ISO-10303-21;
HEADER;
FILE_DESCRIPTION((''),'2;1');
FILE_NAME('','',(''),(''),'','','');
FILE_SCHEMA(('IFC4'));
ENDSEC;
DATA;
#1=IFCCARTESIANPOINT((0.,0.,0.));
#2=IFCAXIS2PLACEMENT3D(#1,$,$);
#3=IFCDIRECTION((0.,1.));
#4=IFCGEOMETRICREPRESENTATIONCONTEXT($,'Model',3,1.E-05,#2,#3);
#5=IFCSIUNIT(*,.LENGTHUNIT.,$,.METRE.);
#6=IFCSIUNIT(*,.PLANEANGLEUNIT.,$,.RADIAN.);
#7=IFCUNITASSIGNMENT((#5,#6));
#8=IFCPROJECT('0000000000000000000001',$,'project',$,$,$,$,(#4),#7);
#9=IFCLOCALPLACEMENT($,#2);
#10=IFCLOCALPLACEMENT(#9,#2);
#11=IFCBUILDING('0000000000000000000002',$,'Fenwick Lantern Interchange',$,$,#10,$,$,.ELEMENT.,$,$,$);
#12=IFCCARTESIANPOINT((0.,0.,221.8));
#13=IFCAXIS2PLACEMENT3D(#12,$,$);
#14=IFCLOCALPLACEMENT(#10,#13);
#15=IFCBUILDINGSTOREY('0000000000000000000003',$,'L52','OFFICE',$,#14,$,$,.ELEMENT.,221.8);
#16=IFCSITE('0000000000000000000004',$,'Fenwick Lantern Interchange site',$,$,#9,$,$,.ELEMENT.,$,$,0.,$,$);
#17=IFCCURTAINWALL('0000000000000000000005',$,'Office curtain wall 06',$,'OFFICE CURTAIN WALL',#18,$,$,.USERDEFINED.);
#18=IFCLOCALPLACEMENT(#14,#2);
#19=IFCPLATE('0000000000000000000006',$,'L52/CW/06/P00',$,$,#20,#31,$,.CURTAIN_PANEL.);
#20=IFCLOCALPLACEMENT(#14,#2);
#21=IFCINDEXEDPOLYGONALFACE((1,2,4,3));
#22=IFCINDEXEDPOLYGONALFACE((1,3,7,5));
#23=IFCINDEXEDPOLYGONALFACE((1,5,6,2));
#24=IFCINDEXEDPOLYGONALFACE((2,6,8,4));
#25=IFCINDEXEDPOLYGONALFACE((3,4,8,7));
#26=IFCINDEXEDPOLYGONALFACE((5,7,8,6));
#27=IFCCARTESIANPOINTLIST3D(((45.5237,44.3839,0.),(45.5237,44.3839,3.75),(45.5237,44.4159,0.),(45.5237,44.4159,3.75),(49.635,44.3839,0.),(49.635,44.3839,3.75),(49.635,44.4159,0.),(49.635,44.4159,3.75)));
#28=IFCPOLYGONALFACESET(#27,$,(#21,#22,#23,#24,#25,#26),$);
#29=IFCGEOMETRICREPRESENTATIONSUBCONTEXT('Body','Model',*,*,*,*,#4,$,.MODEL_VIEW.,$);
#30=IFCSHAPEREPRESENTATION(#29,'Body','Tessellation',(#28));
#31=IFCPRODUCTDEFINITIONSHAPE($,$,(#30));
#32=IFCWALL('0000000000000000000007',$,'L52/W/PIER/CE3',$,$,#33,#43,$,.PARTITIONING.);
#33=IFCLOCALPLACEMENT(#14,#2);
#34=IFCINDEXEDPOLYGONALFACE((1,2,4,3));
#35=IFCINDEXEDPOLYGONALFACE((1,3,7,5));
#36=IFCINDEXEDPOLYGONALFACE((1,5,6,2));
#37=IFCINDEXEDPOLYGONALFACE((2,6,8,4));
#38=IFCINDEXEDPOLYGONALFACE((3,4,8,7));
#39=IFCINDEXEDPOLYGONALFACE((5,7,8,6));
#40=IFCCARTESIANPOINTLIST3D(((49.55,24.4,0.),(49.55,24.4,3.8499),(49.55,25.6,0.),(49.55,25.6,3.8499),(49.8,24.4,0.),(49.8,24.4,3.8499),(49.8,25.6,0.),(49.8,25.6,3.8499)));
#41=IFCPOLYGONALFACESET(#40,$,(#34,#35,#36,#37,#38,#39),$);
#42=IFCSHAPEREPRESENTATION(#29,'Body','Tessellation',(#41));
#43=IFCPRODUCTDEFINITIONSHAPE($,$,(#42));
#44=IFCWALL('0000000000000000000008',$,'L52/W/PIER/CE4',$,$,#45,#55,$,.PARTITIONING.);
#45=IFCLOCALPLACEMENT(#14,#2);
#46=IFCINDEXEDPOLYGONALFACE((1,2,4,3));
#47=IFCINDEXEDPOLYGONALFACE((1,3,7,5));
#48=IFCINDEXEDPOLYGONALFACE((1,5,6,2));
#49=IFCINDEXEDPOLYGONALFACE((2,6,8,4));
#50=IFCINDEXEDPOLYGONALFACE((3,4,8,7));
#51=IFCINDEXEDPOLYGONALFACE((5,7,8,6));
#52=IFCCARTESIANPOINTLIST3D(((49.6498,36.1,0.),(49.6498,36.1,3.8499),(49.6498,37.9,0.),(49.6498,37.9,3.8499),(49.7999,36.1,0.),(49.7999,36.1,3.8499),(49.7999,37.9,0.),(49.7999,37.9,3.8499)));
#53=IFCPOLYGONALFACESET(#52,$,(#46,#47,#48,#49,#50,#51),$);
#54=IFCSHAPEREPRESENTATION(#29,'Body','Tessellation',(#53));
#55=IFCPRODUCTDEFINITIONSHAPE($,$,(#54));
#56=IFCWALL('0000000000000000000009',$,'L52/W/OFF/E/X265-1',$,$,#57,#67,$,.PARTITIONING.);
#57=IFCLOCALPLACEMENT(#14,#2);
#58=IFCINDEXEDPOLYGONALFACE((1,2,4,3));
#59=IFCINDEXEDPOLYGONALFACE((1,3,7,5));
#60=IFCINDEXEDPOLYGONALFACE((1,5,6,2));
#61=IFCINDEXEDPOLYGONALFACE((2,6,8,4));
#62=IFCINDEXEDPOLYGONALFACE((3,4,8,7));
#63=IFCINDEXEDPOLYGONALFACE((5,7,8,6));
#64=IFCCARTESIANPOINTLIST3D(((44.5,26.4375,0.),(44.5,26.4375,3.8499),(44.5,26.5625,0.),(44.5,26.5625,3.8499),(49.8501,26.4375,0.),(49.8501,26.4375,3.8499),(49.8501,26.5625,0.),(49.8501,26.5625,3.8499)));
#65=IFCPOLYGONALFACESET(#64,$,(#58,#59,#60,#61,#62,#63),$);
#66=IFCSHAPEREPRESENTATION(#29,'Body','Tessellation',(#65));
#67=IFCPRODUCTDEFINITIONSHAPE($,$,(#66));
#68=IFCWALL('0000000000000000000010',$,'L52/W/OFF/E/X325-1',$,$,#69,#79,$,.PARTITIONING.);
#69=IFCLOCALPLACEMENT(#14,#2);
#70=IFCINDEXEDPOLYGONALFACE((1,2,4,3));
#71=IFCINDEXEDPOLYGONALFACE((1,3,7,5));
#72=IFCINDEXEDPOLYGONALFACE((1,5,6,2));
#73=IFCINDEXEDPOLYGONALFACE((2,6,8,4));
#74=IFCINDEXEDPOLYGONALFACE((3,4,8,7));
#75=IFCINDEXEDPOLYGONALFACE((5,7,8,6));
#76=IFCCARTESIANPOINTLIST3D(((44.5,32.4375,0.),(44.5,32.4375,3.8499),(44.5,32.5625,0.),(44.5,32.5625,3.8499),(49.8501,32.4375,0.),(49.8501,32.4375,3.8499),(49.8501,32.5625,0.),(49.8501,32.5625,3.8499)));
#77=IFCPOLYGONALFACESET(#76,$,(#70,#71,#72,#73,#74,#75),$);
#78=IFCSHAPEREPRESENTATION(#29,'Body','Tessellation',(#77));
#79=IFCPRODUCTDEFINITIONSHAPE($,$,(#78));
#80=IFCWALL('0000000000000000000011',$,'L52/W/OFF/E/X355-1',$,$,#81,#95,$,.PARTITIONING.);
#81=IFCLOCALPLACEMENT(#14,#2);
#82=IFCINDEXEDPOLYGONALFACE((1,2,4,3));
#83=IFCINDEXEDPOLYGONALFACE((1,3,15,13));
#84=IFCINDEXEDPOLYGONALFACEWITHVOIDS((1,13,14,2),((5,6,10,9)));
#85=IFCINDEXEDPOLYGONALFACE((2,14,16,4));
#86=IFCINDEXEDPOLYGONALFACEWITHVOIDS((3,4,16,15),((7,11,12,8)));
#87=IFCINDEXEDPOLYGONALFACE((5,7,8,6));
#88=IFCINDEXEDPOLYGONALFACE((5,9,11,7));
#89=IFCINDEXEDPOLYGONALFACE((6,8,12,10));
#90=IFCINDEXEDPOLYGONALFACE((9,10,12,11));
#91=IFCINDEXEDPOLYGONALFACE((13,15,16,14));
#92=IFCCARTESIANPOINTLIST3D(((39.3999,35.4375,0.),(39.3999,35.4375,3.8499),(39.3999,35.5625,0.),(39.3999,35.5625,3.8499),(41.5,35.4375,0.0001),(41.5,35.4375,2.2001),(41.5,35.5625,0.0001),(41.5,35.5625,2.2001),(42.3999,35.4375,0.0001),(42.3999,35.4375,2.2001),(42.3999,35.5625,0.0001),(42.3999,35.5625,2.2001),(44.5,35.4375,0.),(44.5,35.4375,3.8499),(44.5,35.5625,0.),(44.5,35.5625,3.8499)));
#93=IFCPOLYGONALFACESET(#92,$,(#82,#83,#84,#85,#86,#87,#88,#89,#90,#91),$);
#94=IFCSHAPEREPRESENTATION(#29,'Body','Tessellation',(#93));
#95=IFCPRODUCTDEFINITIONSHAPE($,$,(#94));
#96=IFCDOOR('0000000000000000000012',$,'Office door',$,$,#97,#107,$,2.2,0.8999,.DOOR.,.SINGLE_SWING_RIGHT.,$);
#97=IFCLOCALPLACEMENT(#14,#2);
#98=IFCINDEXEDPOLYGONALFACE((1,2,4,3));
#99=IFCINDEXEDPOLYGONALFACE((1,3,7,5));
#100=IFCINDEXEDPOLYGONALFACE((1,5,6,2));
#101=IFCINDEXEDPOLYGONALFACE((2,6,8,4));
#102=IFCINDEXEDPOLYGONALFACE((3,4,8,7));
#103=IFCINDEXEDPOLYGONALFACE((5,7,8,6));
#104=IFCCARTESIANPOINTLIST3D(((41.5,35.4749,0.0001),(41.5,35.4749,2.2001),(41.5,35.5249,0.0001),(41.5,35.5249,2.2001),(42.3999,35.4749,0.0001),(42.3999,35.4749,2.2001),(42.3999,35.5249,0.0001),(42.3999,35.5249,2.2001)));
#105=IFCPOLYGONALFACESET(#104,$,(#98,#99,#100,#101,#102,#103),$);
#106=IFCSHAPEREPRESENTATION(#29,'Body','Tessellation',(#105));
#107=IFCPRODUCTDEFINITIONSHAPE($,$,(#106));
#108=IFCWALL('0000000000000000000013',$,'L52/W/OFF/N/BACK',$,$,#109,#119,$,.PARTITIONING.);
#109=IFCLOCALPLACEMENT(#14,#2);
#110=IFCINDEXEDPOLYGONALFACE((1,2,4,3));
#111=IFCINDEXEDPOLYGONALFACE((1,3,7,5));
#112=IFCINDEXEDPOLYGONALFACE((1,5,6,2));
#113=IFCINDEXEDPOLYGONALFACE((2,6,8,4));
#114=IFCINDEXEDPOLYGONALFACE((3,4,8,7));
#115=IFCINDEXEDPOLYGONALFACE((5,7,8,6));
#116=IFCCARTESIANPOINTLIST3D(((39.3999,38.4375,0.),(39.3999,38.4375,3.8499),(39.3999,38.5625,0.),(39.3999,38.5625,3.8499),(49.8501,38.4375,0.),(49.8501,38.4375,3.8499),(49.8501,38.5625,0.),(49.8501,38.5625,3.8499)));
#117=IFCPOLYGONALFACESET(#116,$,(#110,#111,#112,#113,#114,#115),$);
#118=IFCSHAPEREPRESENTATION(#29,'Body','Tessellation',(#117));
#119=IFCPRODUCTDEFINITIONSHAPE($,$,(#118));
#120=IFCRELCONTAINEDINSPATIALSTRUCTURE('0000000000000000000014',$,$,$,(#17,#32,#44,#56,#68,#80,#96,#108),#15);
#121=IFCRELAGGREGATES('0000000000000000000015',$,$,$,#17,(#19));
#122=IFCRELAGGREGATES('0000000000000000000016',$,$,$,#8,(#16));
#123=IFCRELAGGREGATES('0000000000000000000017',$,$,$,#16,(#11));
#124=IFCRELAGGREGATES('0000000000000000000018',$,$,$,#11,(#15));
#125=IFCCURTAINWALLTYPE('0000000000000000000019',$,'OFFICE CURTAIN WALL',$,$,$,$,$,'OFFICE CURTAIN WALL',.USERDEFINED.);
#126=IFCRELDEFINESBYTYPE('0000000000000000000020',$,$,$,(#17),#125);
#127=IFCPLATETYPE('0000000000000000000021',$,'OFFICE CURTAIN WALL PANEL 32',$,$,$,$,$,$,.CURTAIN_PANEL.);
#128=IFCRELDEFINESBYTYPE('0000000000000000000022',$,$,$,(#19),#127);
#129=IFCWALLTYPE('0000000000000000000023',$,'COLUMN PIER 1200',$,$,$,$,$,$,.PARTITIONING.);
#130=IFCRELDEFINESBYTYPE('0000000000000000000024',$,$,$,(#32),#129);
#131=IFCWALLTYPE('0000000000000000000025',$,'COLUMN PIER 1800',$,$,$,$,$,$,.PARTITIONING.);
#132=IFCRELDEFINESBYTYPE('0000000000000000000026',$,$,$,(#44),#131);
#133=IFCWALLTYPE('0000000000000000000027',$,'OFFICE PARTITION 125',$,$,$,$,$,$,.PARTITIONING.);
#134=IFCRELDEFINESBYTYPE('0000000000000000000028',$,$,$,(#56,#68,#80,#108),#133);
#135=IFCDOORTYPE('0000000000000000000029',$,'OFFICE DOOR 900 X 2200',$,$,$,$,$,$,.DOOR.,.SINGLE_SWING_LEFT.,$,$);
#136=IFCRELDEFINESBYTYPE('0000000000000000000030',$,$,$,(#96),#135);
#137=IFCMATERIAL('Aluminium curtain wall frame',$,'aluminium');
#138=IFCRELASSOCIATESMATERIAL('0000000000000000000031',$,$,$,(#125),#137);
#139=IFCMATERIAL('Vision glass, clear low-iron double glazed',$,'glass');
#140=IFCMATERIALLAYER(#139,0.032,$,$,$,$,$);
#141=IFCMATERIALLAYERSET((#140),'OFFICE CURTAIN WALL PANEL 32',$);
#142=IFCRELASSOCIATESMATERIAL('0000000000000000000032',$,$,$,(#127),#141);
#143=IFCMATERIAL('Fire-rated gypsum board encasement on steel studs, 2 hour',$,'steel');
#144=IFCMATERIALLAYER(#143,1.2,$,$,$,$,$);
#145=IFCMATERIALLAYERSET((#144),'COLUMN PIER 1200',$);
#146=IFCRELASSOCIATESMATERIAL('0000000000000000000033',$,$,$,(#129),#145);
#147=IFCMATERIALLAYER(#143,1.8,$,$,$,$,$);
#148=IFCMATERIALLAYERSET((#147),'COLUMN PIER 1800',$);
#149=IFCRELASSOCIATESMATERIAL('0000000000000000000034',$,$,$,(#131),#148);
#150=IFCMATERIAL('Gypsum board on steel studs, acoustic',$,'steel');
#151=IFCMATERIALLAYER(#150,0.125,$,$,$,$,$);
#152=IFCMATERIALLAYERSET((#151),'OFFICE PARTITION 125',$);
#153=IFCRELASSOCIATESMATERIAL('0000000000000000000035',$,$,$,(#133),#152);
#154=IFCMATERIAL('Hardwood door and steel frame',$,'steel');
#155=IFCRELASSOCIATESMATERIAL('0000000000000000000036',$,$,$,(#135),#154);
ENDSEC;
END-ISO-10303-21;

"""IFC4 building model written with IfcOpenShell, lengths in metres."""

from ifc_helpers import new_model, si_unit, direction, frame, frame_2d, origin, origin_2d, place, context, subcontext, project, spatial, rectangle, extrude, material, layer, layer_set, type_object, element, fill, aggregate, save


model = new_model("IFC4")

# Units and contexts
model_context = context("Model", 3, precision=1e-05, world=origin(), true_north=direction((0.0, 1.0)))
body_context = subcontext(model_context, "Body", "Model", "MODEL_VIEW")
ifc_project = project(units=[si_unit("LENGTHUNIT", "METRE"), si_unit("PLANEANGLEUNIT", "RADIAN")], contexts=[model_context])

# Site, building, storey
site_placement = place(None, origin())
site = spatial("IfcSite", under=ifc_project, at=site_placement, Name="Fenwick Lantern Interchange site", CompositionType="ELEMENT", RefElevation=0.0)
building_placement = place(site_placement, origin())
building = spatial("IfcBuilding", under=site, at=building_placement, Name="Fenwick Lantern Interchange", CompositionType="ELEMENT")
storey_placement = place(building_placement, frame((0.0, 0.0, 221.8)))
storey = spatial("IfcBuildingStorey", under=building, at=storey_placement, Name="L52", Description="OFFICE", CompositionType="ELEMENT", Elevation=221.8)

# Shared definitions
ifc_material_1 = material(Name="Aluminium curtain wall frame", Category="aluminium")
curtain_wall_type = type_object("IfcCurtainWallType", Name="OFFICE CURTAIN WALL", ElementType="OFFICE CURTAIN WALL", PredefinedType="USERDEFINED", material=ifc_material_1)

# Curtain wall
curtain_wall_1_placement = place(storey_placement, origin())
curtain_wall_1 = element("IfcCurtainWall", 1, at=curtain_wall_1_placement, inside=storey, type_object=curtain_wall_type, Name="Office curtain wall 06", ObjectType="OFFICE CURTAIN WALL", PredefinedType="USERDEFINED")

# Plate
ifc_material_2 = material(Name="Vision glass, clear low-iron double glazed", Category="glass")
ifc_layer_1 = layer(ifc_material_2, 0.032)
ifc_layer_set_1 = layer_set([ifc_layer_1], Name="OFFICE CURTAIN WALL PANEL 32")
plate_type = type_object("IfcPlateType", Name="OFFICE CURTAIN WALL PANEL 32", PredefinedType="CURTAIN_PANEL", material=ifc_layer_set_1)
plate_placement = place(storey_placement, frame((47.5793, 44.3999, 0.0), z_axis=(0.0, 0.0, 1.0), x_axis=(-1.0, 0.0, 0.0)))
plate = element("IfcPlate", 2, at=plate_placement, type_object=plate_type, Name="L52/CW/06/P00", PredefinedType="CURTAIN_PANEL", context=body_context, shape_type="SweptSolid", body=[
    extrude(rectangle(XDim=4.1113, YDim=0.032, at=origin_2d()), origin(), (0.0, 0.0, 1.0), 3.75),
])
aggregate(curtain_wall_1, [plate])

# Walls
ifc_material_3 = material(Name="Fire-rated gypsum board encasement on steel studs, 2 hour", Category="steel")
ifc_layer_2 = layer(ifc_material_3, 1.2)
ifc_layer_set_2 = layer_set([ifc_layer_2], Name="COLUMN PIER 1200")
wall_type_1 = type_object("IfcWallType", Name="COLUMN PIER 1200", PredefinedType="PARTITIONING", material=ifc_layer_set_2)
wall_1_placement = place(storey_placement, frame((49.8, 25.0, 0.0), z_axis=(0.0, 0.0, 1.0), x_axis=(-1.0, 0.0, 0.0)))
element("IfcWall", 3, at=wall_1_placement, inside=storey, type_object=wall_type_1, Name="L52/W/PIER/CE3", PredefinedType="PARTITIONING", context=body_context, shape_type="SweptSolid", body=[
    extrude(rectangle(XDim=0.25, YDim=1.2, at=frame_2d((0.125, 0.0))), origin(), (0.0, 0.0, 1.0), 3.8499),
])
ifc_layer_3 = layer(ifc_material_3, 1.8)
ifc_layer_set_3 = layer_set([ifc_layer_3], Name="COLUMN PIER 1800")
wall_type_2 = type_object("IfcWallType", Name="COLUMN PIER 1800", PredefinedType="PARTITIONING", material=ifc_layer_set_3)
wall_2_placement = place(storey_placement, frame((49.8, 37.0, 0.0), z_axis=(0.0, 0.0, 1.0), x_axis=(-1.0, 0.0, 0.0)))
element("IfcWall", 4, at=wall_2_placement, inside=storey, type_object=wall_type_2, Name="L52/W/PIER/CE4", PredefinedType="PARTITIONING", context=body_context, shape_type="SweptSolid", body=[
    extrude(rectangle(XDim=0.1501, YDim=1.8, at=frame_2d((0.0752, 0.0))), origin(), (0.0, 0.0, 1.0), 3.8499),
])
ifc_material_4 = material(Name="Gypsum board on steel studs, acoustic", Category="steel")
ifc_layer_4 = layer(ifc_material_4, 0.125)
ifc_layer_set_4 = layer_set([ifc_layer_4], Name="OFFICE PARTITION 125")
wall_type_3 = type_object("IfcWallType", Name="OFFICE PARTITION 125", PredefinedType="PARTITIONING", material=ifc_layer_set_4)
for number, where, z_axis, x_axis, name in (
    (5, (49.8501, 26.5, 0.0), (0.0, 0.0, 1.0), (-1.0, 0.0, 0.0), "L52/W/OFF/E/X265-1"),
    (6, (49.8501, 32.5, 0.0), (0.0, 0.0, 1.0), (-1.0, 0.0, 0.0), "L52/W/OFF/E/X325-1"),
):
    element("IfcWall", number, at=place(storey_placement, frame(where, z_axis=z_axis, x_axis=x_axis)), inside=storey, type_object=wall_type_3, Name=name, PredefinedType="PARTITIONING", context=body_context, shape_type="SweptSolid", body=[
        extrude(rectangle(XDim=5.3501, YDim=0.125, at=frame_2d((2.675, 0.0))), origin(), (0.0, 0.0, 1.0), 3.8499),
    ])

# Wall, opening, door
wall_3_placement = place(storey_placement, frame((44.5, 35.5, 0.0), z_axis=(0.0, 0.0, 1.0), x_axis=(-1.0, 0.0, 0.0)))
wall_3 = element("IfcWall", 7, at=wall_3_placement, inside=storey, type_object=wall_type_3, Name="L52/W/OFF/E/X355-1", PredefinedType="PARTITIONING", context=body_context, shape_type="SweptSolid", body=[
    extrude(rectangle(XDim=5.1001, YDim=0.125, at=frame_2d((2.55, 0.0))), origin(), (0.0, 0.0, 1.0), 3.8499),
])
opening_placement = place(wall_3_placement, frame((2.1001, 0.0, 0.0)))
opening = element("IfcOpeningElement", 8, at=opening_placement, cuts=wall_3, PredefinedType="OPENING", context=body_context, shape_type="SweptSolid", body=[
    extrude(rectangle(XDim=0.8999, YDim=2.2, at=frame_2d((0.45, 1.1001))), frame((0.0, 0.0725, 0.0), z_axis=(0.0, -1.0, 0.0), x_axis=(1.0, 0.0, 0.0)), (0.0, 0.0, 1.0), 0.145),
])
ifc_material_5 = material(Name="Hardwood door and steel frame", Category="steel")
door_type = type_object("IfcDoorType", Name="OFFICE DOOR 900 X 2200", OperationType="SINGLE_SWING_LEFT", PredefinedType="DOOR", material=ifc_material_5)
door_placement = place(opening_placement, frame((0.8999, 0.0, 0.0), z_axis=(0.0, 0.0, 1.0), x_axis=(-1.0, 0.0, 0.0)))
door = element("IfcDoor", 9, at=door_placement, inside=storey, type_object=door_type, Name="Office door", OperationType="SINGLE_SWING_RIGHT", OverallHeight=2.2, OverallWidth=0.8999, PredefinedType="DOOR", context=body_context, shape_type="SweptSolid", body=[
    extrude(rectangle(XDim=0.8999, YDim=2.2, at=frame_2d((0.45, 1.1001))), frame((0.0, 0.0249, 0.0), z_axis=(0.0, -1.0, 0.0), x_axis=(1.0, 0.0, 0.0)), (0.0, 0.0, 1.0), 0.05),
])
fill(opening, door)

# Wall
wall_4_placement = place(storey_placement, frame((49.8501, 38.5, 0.0), z_axis=(0.0, 0.0, 1.0), x_axis=(-1.0, 0.0, 0.0)))
element("IfcWall", 10, at=wall_4_placement, inside=storey, type_object=wall_type_3, Name="L52/W/OFF/N/BACK", PredefinedType="PARTITIONING", context=body_context, shape_type="SweptSolid", body=[
    extrude(rectangle(XDim=10.4502, YDim=0.125, at=frame_2d((5.2251, 0.0))), origin(), (0.0, 0.0, 1.0), 3.8499),
])

save(model, "model.ifc")
